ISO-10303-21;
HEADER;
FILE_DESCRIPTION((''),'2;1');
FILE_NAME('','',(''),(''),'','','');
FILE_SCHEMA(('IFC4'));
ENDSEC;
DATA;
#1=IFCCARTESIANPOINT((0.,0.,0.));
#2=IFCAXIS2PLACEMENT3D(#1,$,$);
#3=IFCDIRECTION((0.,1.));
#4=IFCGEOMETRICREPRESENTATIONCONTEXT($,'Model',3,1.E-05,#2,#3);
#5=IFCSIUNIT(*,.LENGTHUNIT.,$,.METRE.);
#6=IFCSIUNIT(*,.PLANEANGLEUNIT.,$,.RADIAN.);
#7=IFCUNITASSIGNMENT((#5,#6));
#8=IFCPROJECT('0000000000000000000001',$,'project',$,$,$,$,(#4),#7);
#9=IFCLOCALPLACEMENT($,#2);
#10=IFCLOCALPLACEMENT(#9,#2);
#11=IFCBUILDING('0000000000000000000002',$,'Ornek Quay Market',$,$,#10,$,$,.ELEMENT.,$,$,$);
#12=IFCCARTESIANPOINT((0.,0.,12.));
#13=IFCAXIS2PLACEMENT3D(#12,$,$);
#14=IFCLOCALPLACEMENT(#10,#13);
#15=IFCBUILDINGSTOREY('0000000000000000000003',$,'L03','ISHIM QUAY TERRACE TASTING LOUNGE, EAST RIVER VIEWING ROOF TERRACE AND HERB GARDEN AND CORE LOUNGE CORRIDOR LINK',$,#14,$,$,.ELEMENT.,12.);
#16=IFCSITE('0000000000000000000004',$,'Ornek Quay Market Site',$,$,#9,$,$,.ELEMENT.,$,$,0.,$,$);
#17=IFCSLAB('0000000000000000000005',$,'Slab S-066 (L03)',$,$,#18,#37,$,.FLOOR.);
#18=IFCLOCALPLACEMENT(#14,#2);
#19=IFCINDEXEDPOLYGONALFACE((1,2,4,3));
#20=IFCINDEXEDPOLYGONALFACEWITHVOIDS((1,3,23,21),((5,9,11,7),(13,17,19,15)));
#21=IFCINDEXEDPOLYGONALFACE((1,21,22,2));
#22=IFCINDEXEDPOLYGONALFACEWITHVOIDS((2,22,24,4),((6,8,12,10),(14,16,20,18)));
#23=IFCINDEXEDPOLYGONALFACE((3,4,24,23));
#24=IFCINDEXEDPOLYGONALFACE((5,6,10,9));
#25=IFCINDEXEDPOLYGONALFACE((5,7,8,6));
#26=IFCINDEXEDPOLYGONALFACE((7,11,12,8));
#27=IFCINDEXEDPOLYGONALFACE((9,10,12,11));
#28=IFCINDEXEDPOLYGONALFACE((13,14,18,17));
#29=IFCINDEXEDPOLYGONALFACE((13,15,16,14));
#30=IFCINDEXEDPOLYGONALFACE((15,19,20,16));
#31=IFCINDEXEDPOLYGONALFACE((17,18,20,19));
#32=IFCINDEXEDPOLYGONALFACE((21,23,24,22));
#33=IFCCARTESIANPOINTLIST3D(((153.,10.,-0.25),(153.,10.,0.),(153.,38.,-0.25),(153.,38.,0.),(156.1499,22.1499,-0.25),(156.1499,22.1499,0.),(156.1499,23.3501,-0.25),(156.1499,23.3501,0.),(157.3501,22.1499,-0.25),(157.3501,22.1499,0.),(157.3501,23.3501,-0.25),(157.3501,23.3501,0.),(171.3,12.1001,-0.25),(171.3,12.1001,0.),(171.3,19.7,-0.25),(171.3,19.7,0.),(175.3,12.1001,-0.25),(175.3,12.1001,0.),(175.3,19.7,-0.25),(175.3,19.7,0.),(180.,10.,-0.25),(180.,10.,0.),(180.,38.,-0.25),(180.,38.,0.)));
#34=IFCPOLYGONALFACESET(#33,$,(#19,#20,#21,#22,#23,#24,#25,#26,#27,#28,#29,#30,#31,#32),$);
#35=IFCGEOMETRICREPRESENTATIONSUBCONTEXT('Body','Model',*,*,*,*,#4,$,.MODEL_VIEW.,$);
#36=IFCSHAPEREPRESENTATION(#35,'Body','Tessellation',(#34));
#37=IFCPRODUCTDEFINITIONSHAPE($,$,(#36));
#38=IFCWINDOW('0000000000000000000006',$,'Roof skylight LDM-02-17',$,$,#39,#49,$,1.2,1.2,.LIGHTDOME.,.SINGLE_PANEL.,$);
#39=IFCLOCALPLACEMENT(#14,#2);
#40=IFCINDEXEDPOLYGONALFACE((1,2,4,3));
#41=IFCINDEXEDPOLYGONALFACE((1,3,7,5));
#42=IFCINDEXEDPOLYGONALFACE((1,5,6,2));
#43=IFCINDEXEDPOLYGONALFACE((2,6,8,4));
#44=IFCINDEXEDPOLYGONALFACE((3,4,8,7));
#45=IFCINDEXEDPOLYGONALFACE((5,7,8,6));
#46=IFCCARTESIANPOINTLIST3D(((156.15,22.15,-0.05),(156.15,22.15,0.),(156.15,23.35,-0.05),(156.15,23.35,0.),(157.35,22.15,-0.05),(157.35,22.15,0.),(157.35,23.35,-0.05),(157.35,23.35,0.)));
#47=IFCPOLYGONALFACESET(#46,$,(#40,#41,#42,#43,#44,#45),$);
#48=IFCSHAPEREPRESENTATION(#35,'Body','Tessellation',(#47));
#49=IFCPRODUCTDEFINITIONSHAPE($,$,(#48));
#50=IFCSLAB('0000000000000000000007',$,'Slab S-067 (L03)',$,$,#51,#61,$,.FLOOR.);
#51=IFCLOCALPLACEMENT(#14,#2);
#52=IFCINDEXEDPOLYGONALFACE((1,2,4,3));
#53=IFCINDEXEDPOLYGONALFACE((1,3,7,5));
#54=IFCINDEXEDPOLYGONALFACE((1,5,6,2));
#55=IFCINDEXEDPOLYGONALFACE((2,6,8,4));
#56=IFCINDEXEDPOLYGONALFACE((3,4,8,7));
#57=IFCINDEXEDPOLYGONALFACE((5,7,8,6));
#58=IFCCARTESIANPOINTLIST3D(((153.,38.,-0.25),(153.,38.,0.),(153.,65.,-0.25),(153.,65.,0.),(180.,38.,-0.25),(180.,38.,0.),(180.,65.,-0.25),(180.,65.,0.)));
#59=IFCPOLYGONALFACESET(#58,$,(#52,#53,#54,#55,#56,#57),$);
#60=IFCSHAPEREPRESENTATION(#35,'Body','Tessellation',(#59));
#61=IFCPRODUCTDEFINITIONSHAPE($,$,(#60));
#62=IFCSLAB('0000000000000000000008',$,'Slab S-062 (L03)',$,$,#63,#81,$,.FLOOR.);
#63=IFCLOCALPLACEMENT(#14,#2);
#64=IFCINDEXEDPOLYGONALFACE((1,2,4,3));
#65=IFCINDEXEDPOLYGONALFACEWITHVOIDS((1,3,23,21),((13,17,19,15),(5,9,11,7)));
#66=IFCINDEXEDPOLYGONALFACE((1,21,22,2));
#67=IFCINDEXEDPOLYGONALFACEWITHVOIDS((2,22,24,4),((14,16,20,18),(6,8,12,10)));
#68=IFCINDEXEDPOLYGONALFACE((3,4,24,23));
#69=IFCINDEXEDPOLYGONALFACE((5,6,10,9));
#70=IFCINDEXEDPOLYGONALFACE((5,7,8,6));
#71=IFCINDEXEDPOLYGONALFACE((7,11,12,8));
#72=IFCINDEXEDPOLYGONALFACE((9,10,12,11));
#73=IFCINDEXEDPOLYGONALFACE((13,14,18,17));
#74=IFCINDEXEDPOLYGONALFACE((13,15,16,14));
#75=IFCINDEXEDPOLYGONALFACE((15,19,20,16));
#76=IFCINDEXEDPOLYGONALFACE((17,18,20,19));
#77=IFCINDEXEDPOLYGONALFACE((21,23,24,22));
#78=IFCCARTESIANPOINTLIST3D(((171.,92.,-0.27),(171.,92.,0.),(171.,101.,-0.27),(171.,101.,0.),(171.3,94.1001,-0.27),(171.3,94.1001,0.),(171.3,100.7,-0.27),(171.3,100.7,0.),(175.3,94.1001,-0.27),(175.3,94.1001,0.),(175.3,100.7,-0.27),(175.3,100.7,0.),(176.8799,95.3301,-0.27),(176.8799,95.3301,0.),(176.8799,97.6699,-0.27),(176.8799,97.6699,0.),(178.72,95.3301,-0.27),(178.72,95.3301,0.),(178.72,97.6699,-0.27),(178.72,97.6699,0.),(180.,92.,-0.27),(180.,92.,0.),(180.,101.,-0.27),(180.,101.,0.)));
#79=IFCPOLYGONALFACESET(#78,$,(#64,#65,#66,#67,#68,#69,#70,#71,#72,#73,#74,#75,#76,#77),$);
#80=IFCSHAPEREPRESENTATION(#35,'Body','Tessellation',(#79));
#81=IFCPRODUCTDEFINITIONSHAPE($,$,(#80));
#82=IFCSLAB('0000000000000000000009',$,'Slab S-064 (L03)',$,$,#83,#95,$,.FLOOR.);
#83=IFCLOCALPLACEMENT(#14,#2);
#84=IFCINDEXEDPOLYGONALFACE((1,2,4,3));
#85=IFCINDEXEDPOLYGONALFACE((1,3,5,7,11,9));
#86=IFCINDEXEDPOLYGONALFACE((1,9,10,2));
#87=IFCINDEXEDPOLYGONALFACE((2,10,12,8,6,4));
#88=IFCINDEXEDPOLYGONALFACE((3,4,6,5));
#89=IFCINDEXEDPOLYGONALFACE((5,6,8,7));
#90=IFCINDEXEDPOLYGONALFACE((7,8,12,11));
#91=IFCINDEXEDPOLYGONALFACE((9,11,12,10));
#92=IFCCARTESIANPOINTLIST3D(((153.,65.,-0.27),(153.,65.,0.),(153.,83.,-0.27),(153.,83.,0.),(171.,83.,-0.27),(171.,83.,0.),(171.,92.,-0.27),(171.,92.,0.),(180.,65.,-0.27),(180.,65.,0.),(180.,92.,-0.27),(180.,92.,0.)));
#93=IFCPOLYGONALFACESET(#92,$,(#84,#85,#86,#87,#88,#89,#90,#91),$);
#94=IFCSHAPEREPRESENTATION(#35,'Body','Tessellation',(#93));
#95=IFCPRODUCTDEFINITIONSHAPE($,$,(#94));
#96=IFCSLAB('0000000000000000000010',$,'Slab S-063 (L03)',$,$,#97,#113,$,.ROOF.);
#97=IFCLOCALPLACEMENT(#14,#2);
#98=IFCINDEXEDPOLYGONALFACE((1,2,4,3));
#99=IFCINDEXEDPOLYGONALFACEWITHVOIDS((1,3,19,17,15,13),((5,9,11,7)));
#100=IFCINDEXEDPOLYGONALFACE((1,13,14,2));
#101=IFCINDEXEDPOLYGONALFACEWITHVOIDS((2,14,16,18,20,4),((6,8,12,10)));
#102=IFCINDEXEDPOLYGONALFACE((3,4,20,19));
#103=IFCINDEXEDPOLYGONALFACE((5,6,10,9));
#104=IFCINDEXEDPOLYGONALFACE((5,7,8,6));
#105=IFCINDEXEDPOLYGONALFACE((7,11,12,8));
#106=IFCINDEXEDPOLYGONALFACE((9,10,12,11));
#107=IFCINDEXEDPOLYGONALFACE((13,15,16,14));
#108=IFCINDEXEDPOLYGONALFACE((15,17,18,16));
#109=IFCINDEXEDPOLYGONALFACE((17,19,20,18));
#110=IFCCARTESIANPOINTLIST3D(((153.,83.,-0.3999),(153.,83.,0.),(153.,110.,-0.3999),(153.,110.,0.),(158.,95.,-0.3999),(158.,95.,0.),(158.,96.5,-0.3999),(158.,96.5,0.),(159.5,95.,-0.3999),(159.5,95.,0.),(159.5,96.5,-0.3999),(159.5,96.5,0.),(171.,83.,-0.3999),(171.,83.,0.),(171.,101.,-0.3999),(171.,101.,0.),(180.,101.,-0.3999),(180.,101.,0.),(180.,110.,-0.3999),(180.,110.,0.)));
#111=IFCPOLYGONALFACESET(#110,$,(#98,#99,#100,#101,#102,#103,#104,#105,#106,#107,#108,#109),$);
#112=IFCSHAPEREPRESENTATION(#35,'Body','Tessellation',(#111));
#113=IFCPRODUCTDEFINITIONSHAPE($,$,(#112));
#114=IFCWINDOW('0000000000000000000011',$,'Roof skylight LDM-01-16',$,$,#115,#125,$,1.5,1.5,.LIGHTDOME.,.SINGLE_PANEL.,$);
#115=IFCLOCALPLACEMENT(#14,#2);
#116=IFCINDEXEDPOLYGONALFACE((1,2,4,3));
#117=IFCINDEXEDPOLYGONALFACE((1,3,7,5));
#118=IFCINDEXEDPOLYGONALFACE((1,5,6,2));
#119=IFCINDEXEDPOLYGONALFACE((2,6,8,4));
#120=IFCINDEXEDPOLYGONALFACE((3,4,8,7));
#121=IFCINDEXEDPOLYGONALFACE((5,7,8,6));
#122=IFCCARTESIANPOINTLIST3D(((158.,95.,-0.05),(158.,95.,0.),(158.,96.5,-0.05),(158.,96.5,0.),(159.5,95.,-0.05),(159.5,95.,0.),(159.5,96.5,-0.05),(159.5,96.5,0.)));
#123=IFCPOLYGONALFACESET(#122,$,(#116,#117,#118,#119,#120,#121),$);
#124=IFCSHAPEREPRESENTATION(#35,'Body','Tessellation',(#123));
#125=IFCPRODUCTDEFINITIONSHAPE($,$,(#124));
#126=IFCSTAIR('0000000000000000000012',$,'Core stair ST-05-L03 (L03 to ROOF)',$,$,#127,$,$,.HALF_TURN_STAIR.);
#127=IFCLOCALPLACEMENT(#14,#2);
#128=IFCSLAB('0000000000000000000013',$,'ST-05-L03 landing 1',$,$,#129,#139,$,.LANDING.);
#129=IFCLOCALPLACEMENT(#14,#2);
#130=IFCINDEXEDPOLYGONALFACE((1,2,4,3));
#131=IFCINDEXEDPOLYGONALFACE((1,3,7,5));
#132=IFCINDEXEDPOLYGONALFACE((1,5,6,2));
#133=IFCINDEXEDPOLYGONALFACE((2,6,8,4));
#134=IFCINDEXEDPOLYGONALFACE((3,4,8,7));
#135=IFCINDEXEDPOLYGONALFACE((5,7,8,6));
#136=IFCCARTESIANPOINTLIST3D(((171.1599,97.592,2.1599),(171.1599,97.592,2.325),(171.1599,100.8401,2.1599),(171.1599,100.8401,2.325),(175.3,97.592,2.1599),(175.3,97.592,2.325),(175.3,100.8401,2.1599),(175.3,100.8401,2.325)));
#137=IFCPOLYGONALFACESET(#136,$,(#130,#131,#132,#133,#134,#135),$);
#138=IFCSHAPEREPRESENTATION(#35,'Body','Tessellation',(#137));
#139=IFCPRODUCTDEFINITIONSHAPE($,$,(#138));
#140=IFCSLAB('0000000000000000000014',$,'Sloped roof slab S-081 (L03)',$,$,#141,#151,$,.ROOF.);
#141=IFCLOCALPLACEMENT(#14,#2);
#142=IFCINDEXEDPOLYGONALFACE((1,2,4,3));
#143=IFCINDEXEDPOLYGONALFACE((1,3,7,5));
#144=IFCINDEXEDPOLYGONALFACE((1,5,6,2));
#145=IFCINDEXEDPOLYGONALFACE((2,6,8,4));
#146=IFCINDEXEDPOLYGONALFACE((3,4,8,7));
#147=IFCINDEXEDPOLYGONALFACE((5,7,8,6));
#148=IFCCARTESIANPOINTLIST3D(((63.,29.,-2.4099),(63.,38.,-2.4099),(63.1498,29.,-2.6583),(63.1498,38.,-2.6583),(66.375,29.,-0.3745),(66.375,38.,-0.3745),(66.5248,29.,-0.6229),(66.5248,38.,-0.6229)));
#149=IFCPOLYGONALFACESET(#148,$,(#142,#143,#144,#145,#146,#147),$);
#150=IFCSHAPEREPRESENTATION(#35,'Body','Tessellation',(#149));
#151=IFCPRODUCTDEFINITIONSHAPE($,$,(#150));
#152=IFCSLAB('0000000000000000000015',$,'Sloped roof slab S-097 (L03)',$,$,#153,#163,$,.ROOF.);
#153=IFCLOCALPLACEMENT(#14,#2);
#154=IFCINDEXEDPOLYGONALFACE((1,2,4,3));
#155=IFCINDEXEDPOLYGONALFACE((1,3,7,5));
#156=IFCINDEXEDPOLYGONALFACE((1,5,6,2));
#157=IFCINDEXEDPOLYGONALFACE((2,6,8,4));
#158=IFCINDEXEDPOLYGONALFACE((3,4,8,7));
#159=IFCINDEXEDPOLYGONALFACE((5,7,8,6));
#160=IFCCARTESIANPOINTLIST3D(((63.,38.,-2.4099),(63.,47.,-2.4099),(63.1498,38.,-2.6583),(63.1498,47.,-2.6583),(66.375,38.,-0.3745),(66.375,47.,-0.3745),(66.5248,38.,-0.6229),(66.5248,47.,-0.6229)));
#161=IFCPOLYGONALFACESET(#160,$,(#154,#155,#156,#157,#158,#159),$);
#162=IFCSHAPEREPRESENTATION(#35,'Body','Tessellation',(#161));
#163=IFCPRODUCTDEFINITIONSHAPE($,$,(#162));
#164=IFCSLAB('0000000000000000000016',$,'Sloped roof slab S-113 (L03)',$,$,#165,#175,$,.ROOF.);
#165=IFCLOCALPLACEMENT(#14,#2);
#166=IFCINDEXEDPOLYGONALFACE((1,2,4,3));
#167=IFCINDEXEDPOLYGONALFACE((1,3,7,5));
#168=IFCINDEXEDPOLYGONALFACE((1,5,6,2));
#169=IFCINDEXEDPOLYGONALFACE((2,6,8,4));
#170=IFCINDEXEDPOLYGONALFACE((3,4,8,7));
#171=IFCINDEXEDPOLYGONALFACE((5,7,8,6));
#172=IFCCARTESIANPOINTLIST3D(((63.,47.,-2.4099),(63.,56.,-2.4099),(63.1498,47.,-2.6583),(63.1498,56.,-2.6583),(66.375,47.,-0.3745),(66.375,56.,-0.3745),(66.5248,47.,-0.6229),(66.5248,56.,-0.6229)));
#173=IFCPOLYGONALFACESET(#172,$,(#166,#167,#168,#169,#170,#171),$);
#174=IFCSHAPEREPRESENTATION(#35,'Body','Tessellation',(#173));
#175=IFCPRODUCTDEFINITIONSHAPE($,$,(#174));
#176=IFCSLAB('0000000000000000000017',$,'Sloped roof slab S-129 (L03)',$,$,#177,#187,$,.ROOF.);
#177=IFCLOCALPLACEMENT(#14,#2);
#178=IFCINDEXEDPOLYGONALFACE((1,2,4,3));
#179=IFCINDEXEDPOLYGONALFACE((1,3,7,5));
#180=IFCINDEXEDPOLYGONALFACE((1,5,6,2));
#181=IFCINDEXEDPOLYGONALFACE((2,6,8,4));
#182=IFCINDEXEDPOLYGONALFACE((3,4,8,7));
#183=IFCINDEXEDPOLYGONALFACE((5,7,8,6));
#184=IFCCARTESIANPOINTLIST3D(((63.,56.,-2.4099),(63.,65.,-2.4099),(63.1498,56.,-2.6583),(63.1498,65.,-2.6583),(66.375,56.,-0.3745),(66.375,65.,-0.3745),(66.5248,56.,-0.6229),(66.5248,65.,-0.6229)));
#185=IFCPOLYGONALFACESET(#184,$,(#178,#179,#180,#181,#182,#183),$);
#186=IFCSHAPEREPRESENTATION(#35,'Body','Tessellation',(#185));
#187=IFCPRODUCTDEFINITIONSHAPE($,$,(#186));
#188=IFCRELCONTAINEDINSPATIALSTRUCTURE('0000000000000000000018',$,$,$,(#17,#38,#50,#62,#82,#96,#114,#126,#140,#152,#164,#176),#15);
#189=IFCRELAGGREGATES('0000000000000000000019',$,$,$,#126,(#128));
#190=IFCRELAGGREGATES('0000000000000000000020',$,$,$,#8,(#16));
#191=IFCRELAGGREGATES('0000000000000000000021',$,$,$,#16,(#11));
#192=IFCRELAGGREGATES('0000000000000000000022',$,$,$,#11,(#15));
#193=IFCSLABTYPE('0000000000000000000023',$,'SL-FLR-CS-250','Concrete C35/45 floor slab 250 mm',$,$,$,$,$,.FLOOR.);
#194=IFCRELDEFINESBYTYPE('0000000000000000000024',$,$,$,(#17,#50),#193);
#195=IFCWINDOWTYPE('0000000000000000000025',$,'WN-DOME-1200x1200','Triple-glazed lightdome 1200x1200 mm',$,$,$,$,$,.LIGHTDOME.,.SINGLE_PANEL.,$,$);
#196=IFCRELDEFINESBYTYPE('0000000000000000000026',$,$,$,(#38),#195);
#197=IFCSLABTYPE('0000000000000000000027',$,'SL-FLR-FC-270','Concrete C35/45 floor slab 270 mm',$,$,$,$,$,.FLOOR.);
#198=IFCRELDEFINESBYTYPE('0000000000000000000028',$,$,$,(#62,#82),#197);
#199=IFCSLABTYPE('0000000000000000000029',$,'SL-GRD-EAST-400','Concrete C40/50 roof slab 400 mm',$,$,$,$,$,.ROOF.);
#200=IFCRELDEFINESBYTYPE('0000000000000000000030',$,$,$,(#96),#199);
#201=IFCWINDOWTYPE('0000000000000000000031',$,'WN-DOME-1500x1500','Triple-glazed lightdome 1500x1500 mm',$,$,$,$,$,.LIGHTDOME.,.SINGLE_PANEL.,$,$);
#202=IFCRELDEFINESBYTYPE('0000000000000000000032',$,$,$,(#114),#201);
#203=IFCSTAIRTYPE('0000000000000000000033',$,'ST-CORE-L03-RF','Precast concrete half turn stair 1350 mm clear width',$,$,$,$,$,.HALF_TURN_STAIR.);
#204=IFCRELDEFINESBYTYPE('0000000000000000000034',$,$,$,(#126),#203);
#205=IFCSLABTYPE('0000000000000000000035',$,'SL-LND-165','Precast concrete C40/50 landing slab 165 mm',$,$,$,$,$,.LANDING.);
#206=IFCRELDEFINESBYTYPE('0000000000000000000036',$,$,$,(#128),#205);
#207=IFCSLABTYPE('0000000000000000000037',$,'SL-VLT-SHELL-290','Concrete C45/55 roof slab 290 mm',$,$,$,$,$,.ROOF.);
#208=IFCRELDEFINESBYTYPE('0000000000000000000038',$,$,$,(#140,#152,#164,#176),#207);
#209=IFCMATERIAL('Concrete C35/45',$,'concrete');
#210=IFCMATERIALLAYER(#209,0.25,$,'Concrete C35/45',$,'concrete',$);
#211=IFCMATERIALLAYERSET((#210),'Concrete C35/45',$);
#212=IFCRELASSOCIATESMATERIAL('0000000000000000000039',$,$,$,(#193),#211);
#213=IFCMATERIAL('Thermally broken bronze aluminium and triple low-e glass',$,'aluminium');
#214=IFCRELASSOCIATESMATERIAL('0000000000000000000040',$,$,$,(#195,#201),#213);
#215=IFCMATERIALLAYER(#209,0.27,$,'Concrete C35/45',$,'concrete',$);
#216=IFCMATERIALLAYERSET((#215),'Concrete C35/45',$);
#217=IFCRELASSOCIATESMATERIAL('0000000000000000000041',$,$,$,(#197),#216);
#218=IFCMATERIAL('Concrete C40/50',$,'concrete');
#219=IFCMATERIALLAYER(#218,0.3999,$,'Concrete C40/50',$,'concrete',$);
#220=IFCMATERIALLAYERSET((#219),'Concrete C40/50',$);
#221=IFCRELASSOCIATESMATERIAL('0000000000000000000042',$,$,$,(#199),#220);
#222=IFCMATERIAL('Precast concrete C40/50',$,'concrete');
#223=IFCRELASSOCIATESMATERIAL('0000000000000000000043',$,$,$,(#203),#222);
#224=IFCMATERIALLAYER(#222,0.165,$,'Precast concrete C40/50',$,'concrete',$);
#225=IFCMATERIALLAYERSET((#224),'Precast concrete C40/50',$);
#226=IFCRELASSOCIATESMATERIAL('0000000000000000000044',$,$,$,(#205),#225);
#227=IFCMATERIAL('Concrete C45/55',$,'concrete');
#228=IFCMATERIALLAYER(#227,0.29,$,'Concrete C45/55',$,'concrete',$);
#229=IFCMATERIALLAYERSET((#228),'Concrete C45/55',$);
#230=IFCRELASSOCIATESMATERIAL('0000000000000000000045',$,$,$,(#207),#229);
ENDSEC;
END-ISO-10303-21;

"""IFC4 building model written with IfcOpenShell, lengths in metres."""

from ifc_helpers import new_model, si_unit, direction, frame, origin, origin_2d, place, context, subcontext, project, spatial, polyline, rectangle, outline, extrude, material, layer, layer_set, type_object, element, fill, aggregate, save


model = new_model("IFC4")

# Units and contexts
model_context = context("Model", 3, precision=1e-05, world=origin(), true_north=direction((0.0, 1.0)))
body_context = subcontext(model_context, "Body", "Model", "MODEL_VIEW")
ifc_project = project(units=[si_unit("LENGTHUNIT", "METRE"), si_unit("PLANEANGLEUNIT", "RADIAN")], contexts=[model_context])

# Site, building, storey
site_placement = place(None, origin())
site = spatial("IfcSite", under=ifc_project, at=site_placement, Name="Ornek Quay Market Site", CompositionType="ELEMENT", RefElevation=0.0)
building_placement = place(site_placement, origin())
building = spatial("IfcBuilding", under=site, at=building_placement, Name="Ornek Quay Market", CompositionType="ELEMENT")
storey_placement = place(building_placement, frame((0.0, 0.0, 12.0)))
storey = spatial("IfcBuildingStorey", under=building, at=storey_placement, Name="L03", Description="ISHIM QUAY TERRACE TASTING LOUNGE, EAST RIVER VIEWING ROOF TERRACE AND HERB GARDEN AND CORE LOUNGE CORRIDOR LINK", CompositionType="ELEMENT", Elevation=12.0)

# Shared definitions
ifc_material_1 = material(Name="Concrete C40/50", Category="concrete")

# Slab, opening, window
ifc_material_2 = material(Name="Concrete C35/45", Category="concrete")
ifc_layer_1 = layer(ifc_material_2, 0.25, Name="Concrete C35/45", Category="concrete")
ifc_layer_set_1 = layer_set([ifc_layer_1], Name="Concrete C35/45")
slab_type_1 = type_object("IfcSlabType", Name="SL-FLR-CS-250", Description="Concrete C35/45 floor slab 250 mm", PredefinedType="FLOOR", material=ifc_layer_set_1)
slab_1_placement = place(storey_placement, frame((0.0, 0.0, -0.25)))
slab_1 = element("IfcSlab", 1, at=slab_1_placement, inside=storey, type_object=slab_type_1, Name="Slab S-066 (L03)", PredefinedType="FLOOR", context=body_context, shape_type="SweptSolid", body=[
    extrude(outline(polyline([(153.0, 10.0), (180.0, 10.0), (180.0, 38.0), (153.0, 38.0), (153.0, 10.0)]), holes=[polyline([(171.3, 19.7), (175.3, 19.7), (175.3, 12.1001), (171.3, 12.1001), (171.3, 19.7)]), polyline([(156.1499, 22.1499), (157.3501, 22.1499), (157.3501, 23.3501), (156.1499, 23.3501), (156.1499, 22.1499)])]), origin(), (0.0, 0.0, 1.0), 0.25),
])
opening_1_placement = place(slab_1_placement, frame((156.75, 22.75, -0.01)))
opening_1 = element("IfcOpeningElement", 2, at=opening_1_placement, cuts=slab_1, PredefinedType="OPENING", context=body_context, shape_type="SweptSolid", body=[
    extrude(rectangle(XDim=1.2, YDim=1.2, at=origin_2d()), origin(), (0.0, 0.0, 1.0), 0.27),
])
ifc_material_3 = material(Name="Thermally broken bronze aluminium and triple low-e glass", Category="aluminium")
window_type_1 = type_object("IfcWindowType", Name="WN-DOME-1200x1200", Description="Triple-glazed lightdome 1200x1200 mm", PartitioningType="SINGLE_PANEL", PredefinedType="LIGHTDOME", material=ifc_material_3)
window_1_placement = place(opening_1_placement, frame((0.0, 0.0, 0.21)))
window_1 = element("IfcWindow", 3, at=window_1_placement, inside=storey, type_object=window_type_1, Name="Roof skylight LDM-02-17", OverallHeight=1.2, OverallWidth=1.2, PartitioningType="SINGLE_PANEL", PredefinedType="LIGHTDOME", context=body_context, shape_type="SweptSolid", body=[
    extrude(rectangle(XDim=1.2, YDim=1.2, at=origin_2d()), origin(), (0.0, 0.0, 1.0), 0.05),
])
fill(opening_1, window_1)

# Slabs
slab_2_placement = place(storey_placement, frame((0.0, 0.0, -0.25)))
element("IfcSlab", 4, at=slab_2_placement, inside=storey, type_object=slab_type_1, Name="Slab S-067 (L03)", PredefinedType="FLOOR", context=body_context, shape_type="SweptSolid", body=[
    extrude(outline(polyline([(153.0, 38.0), (180.0, 38.0), (180.0, 65.0), (153.0, 65.0), (153.0, 38.0)])), origin(), (0.0, 0.0, 1.0), 0.25),
])
ifc_layer_2 = layer(ifc_material_2, 0.27, Name="Concrete C35/45", Category="concrete")
ifc_layer_set_2 = layer_set([ifc_layer_2], Name="Concrete C35/45")
slab_type_2 = type_object("IfcSlabType", Name="SL-FLR-FC-270", Description="Concrete C35/45 floor slab 270 mm", PredefinedType="FLOOR", material=ifc_layer_set_2)
slab_3_placement = place(storey_placement, frame((0.0, 0.0, -0.27)))
element("IfcSlab", 5, at=slab_3_placement, inside=storey, type_object=slab_type_2, Name="Slab S-062 (L03)", PredefinedType="FLOOR", context=body_context, shape_type="SweptSolid", body=[
    extrude(outline(polyline([(171.0, 92.0), (180.0, 92.0), (180.0, 101.0), (171.0, 101.0), (171.0, 92.0)]), holes=[polyline([(178.72, 97.6699), (178.72, 95.3301), (176.8799, 95.3301), (176.8799, 97.6699), (178.72, 97.6699)]), polyline([(175.3, 100.7), (175.3, 94.1001), (171.3, 94.1001), (171.3, 100.7), (175.3, 100.7)])]), origin(), (0.0, 0.0, 1.0), 0.27),
])
slab_4_placement = place(storey_placement, frame((0.0, 0.0, -0.27)))
element("IfcSlab", 6, at=slab_4_placement, inside=storey, type_object=slab_type_2, Name="Slab S-064 (L03)", PredefinedType="FLOOR", context=body_context, shape_type="SweptSolid", body=[
    extrude(outline(polyline([(153.0, 65.0), (180.0, 65.0), (180.0, 92.0), (171.0, 92.0), (171.0, 83.0), (153.0, 83.0), (153.0, 65.0)])), origin(), (0.0, 0.0, 1.0), 0.27),
])

# Slab, opening, window
ifc_layer_3 = layer(ifc_material_1, 0.3999, Name="Concrete C40/50", Category="concrete")
ifc_layer_set_3 = layer_set([ifc_layer_3], Name="Concrete C40/50")
slab_type_3 = type_object("IfcSlabType", Name="SL-GRD-EAST-400", Description="Concrete C40/50 roof slab 400 mm", PredefinedType="ROOF", material=ifc_layer_set_3)
slab_5_placement = place(storey_placement, frame((0.0, 0.0, -0.3999)))
slab_5 = element("IfcSlab", 7, at=slab_5_placement, inside=storey, type_object=slab_type_3, Name="Slab S-063 (L03)", PredefinedType="ROOF", context=body_context, shape_type="SweptSolid", body=[
    extrude(outline(polyline([(153.0, 83.0), (171.0, 83.0), (171.0, 101.0), (180.0, 101.0), (180.0, 110.0), (153.0, 110.0), (153.0, 83.0)]), holes=[polyline([(158.0, 96.5), (159.5, 96.5), (159.5, 95.0), (158.0, 95.0), (158.0, 96.5)])]), origin(), (0.0, 0.0, 1.0), 0.3999),
])
opening_2_placement = place(slab_5_placement, frame((158.75, 95.75, -0.01)))
opening_2 = element("IfcOpeningElement", 8, at=opening_2_placement, cuts=slab_5, PredefinedType="OPENING", context=body_context, shape_type="SweptSolid", body=[
    extrude(rectangle(XDim=1.5, YDim=1.5, at=origin_2d()), origin(), (0.0, 0.0, 1.0), 0.4199),
])
window_type_2 = type_object("IfcWindowType", Name="WN-DOME-1500x1500", Description="Triple-glazed lightdome 1500x1500 mm", PartitioningType="SINGLE_PANEL", PredefinedType="LIGHTDOME", material=ifc_material_3)
window_2_placement = place(opening_2_placement, frame((0.0, 0.0, 0.3599)))
window_2 = element("IfcWindow", 9, at=window_2_placement, inside=storey, type_object=window_type_2, Name="Roof skylight LDM-01-16", OverallHeight=1.5, OverallWidth=1.5, PartitioningType="SINGLE_PANEL", PredefinedType="LIGHTDOME", context=body_context, shape_type="SweptSolid", body=[
    extrude(rectangle(XDim=1.5, YDim=1.5, at=origin_2d()), origin(), (0.0, 0.0, 1.0), 0.05),
])
fill(opening_2, window_2)

# Stair, slab
ifc_material_4 = material(Name="Precast concrete C40/50", Category="concrete")
stair_type = type_object("IfcStairType", Name="ST-CORE-L03-RF", Description="Precast concrete half turn stair 1350 mm clear width", PredefinedType="HALF_TURN_STAIR", material=ifc_material_4)
stair_placement = place(storey_placement, origin())
stair = element("IfcStair", 10, at=stair_placement, inside=storey, type_object=stair_type, Name="Core stair ST-05-L03 (L03 to ROOF)", PredefinedType="HALF_TURN_STAIR")
ifc_layer_4 = layer(ifc_material_4, 0.165, Name="Precast concrete C40/50", Category="concrete")
ifc_layer_set_4 = layer_set([ifc_layer_4], Name="Precast concrete C40/50")
slab_type_4 = type_object("IfcSlabType", Name="SL-LND-165", Description="Precast concrete C40/50 landing slab 165 mm", PredefinedType="LANDING", material=ifc_layer_set_4)
slab_6_placement = place(storey_placement, frame((0.0, 0.0, 2.1599)))
slab_6 = element("IfcSlab", 11, at=slab_6_placement, type_object=slab_type_4, Name="ST-05-L03 landing 1", PredefinedType="LANDING", context=body_context, shape_type="SweptSolid", body=[
    extrude(outline(polyline([(171.1599, 97.592), (175.3, 97.592), (175.3, 100.8401), (171.1599, 100.8401), (171.1599, 97.592)])), origin(), (0.0, 0.0, 1.0), 0.165),
])
aggregate(stair, [slab_6])

# Slabs
ifc_material_5 = material(Name="Concrete C45/55", Category="concrete")
ifc_layer_5 = layer(ifc_material_5, 0.29, Name="Concrete C45/55", Category="concrete")
ifc_layer_set_5 = layer_set([ifc_layer_5], Name="Concrete C45/55")
slab_type_5 = type_object("IfcSlabType", Name="SL-VLT-SHELL-290", Description="Concrete C45/55 roof slab 290 mm", PredefinedType="ROOF", material=ifc_layer_set_5)
for number, where, z_axis, x_axis, name in (
    (12, (63.0, 29.0, -2.4099), (-0.516435, 0.0, 0.856327), (0.856327, 0.0, 0.516435), "Sloped roof slab S-081 (L03)"),
    (13, (63.0, 38.0, -2.4099), (-0.516435, 0.0, 0.856327), (0.856327, 0.0, 0.516435), "Sloped roof slab S-097 (L03)"),
    (14, (63.0, 47.0, -2.4099), (-0.516435, 0.0, 0.856327), (0.856327, 0.0, 0.516435), "Sloped roof slab S-113 (L03)"),
    (15, (63.0, 56.0, -2.4099), (-0.516435, 0.0, 0.856327), (0.856327, 0.0, 0.516435), "Sloped roof slab S-129 (L03)"),
):
    element("IfcSlab", number, at=place(storey_placement, frame(where, z_axis=z_axis, x_axis=x_axis)), inside=storey, type_object=slab_type_5, Name=name, PredefinedType="ROOF", context=body_context, shape_type="SweptSolid", body=[
        extrude(outline(polyline([(0.0, 0.0), (3.9413, 0.0), (3.9413, 9.0), (0.0, 9.0), (0.0, 0.0)])), origin(), (0.0, 0.0, -1.0), 0.29),
    ])

save(model, "model.ifc")
